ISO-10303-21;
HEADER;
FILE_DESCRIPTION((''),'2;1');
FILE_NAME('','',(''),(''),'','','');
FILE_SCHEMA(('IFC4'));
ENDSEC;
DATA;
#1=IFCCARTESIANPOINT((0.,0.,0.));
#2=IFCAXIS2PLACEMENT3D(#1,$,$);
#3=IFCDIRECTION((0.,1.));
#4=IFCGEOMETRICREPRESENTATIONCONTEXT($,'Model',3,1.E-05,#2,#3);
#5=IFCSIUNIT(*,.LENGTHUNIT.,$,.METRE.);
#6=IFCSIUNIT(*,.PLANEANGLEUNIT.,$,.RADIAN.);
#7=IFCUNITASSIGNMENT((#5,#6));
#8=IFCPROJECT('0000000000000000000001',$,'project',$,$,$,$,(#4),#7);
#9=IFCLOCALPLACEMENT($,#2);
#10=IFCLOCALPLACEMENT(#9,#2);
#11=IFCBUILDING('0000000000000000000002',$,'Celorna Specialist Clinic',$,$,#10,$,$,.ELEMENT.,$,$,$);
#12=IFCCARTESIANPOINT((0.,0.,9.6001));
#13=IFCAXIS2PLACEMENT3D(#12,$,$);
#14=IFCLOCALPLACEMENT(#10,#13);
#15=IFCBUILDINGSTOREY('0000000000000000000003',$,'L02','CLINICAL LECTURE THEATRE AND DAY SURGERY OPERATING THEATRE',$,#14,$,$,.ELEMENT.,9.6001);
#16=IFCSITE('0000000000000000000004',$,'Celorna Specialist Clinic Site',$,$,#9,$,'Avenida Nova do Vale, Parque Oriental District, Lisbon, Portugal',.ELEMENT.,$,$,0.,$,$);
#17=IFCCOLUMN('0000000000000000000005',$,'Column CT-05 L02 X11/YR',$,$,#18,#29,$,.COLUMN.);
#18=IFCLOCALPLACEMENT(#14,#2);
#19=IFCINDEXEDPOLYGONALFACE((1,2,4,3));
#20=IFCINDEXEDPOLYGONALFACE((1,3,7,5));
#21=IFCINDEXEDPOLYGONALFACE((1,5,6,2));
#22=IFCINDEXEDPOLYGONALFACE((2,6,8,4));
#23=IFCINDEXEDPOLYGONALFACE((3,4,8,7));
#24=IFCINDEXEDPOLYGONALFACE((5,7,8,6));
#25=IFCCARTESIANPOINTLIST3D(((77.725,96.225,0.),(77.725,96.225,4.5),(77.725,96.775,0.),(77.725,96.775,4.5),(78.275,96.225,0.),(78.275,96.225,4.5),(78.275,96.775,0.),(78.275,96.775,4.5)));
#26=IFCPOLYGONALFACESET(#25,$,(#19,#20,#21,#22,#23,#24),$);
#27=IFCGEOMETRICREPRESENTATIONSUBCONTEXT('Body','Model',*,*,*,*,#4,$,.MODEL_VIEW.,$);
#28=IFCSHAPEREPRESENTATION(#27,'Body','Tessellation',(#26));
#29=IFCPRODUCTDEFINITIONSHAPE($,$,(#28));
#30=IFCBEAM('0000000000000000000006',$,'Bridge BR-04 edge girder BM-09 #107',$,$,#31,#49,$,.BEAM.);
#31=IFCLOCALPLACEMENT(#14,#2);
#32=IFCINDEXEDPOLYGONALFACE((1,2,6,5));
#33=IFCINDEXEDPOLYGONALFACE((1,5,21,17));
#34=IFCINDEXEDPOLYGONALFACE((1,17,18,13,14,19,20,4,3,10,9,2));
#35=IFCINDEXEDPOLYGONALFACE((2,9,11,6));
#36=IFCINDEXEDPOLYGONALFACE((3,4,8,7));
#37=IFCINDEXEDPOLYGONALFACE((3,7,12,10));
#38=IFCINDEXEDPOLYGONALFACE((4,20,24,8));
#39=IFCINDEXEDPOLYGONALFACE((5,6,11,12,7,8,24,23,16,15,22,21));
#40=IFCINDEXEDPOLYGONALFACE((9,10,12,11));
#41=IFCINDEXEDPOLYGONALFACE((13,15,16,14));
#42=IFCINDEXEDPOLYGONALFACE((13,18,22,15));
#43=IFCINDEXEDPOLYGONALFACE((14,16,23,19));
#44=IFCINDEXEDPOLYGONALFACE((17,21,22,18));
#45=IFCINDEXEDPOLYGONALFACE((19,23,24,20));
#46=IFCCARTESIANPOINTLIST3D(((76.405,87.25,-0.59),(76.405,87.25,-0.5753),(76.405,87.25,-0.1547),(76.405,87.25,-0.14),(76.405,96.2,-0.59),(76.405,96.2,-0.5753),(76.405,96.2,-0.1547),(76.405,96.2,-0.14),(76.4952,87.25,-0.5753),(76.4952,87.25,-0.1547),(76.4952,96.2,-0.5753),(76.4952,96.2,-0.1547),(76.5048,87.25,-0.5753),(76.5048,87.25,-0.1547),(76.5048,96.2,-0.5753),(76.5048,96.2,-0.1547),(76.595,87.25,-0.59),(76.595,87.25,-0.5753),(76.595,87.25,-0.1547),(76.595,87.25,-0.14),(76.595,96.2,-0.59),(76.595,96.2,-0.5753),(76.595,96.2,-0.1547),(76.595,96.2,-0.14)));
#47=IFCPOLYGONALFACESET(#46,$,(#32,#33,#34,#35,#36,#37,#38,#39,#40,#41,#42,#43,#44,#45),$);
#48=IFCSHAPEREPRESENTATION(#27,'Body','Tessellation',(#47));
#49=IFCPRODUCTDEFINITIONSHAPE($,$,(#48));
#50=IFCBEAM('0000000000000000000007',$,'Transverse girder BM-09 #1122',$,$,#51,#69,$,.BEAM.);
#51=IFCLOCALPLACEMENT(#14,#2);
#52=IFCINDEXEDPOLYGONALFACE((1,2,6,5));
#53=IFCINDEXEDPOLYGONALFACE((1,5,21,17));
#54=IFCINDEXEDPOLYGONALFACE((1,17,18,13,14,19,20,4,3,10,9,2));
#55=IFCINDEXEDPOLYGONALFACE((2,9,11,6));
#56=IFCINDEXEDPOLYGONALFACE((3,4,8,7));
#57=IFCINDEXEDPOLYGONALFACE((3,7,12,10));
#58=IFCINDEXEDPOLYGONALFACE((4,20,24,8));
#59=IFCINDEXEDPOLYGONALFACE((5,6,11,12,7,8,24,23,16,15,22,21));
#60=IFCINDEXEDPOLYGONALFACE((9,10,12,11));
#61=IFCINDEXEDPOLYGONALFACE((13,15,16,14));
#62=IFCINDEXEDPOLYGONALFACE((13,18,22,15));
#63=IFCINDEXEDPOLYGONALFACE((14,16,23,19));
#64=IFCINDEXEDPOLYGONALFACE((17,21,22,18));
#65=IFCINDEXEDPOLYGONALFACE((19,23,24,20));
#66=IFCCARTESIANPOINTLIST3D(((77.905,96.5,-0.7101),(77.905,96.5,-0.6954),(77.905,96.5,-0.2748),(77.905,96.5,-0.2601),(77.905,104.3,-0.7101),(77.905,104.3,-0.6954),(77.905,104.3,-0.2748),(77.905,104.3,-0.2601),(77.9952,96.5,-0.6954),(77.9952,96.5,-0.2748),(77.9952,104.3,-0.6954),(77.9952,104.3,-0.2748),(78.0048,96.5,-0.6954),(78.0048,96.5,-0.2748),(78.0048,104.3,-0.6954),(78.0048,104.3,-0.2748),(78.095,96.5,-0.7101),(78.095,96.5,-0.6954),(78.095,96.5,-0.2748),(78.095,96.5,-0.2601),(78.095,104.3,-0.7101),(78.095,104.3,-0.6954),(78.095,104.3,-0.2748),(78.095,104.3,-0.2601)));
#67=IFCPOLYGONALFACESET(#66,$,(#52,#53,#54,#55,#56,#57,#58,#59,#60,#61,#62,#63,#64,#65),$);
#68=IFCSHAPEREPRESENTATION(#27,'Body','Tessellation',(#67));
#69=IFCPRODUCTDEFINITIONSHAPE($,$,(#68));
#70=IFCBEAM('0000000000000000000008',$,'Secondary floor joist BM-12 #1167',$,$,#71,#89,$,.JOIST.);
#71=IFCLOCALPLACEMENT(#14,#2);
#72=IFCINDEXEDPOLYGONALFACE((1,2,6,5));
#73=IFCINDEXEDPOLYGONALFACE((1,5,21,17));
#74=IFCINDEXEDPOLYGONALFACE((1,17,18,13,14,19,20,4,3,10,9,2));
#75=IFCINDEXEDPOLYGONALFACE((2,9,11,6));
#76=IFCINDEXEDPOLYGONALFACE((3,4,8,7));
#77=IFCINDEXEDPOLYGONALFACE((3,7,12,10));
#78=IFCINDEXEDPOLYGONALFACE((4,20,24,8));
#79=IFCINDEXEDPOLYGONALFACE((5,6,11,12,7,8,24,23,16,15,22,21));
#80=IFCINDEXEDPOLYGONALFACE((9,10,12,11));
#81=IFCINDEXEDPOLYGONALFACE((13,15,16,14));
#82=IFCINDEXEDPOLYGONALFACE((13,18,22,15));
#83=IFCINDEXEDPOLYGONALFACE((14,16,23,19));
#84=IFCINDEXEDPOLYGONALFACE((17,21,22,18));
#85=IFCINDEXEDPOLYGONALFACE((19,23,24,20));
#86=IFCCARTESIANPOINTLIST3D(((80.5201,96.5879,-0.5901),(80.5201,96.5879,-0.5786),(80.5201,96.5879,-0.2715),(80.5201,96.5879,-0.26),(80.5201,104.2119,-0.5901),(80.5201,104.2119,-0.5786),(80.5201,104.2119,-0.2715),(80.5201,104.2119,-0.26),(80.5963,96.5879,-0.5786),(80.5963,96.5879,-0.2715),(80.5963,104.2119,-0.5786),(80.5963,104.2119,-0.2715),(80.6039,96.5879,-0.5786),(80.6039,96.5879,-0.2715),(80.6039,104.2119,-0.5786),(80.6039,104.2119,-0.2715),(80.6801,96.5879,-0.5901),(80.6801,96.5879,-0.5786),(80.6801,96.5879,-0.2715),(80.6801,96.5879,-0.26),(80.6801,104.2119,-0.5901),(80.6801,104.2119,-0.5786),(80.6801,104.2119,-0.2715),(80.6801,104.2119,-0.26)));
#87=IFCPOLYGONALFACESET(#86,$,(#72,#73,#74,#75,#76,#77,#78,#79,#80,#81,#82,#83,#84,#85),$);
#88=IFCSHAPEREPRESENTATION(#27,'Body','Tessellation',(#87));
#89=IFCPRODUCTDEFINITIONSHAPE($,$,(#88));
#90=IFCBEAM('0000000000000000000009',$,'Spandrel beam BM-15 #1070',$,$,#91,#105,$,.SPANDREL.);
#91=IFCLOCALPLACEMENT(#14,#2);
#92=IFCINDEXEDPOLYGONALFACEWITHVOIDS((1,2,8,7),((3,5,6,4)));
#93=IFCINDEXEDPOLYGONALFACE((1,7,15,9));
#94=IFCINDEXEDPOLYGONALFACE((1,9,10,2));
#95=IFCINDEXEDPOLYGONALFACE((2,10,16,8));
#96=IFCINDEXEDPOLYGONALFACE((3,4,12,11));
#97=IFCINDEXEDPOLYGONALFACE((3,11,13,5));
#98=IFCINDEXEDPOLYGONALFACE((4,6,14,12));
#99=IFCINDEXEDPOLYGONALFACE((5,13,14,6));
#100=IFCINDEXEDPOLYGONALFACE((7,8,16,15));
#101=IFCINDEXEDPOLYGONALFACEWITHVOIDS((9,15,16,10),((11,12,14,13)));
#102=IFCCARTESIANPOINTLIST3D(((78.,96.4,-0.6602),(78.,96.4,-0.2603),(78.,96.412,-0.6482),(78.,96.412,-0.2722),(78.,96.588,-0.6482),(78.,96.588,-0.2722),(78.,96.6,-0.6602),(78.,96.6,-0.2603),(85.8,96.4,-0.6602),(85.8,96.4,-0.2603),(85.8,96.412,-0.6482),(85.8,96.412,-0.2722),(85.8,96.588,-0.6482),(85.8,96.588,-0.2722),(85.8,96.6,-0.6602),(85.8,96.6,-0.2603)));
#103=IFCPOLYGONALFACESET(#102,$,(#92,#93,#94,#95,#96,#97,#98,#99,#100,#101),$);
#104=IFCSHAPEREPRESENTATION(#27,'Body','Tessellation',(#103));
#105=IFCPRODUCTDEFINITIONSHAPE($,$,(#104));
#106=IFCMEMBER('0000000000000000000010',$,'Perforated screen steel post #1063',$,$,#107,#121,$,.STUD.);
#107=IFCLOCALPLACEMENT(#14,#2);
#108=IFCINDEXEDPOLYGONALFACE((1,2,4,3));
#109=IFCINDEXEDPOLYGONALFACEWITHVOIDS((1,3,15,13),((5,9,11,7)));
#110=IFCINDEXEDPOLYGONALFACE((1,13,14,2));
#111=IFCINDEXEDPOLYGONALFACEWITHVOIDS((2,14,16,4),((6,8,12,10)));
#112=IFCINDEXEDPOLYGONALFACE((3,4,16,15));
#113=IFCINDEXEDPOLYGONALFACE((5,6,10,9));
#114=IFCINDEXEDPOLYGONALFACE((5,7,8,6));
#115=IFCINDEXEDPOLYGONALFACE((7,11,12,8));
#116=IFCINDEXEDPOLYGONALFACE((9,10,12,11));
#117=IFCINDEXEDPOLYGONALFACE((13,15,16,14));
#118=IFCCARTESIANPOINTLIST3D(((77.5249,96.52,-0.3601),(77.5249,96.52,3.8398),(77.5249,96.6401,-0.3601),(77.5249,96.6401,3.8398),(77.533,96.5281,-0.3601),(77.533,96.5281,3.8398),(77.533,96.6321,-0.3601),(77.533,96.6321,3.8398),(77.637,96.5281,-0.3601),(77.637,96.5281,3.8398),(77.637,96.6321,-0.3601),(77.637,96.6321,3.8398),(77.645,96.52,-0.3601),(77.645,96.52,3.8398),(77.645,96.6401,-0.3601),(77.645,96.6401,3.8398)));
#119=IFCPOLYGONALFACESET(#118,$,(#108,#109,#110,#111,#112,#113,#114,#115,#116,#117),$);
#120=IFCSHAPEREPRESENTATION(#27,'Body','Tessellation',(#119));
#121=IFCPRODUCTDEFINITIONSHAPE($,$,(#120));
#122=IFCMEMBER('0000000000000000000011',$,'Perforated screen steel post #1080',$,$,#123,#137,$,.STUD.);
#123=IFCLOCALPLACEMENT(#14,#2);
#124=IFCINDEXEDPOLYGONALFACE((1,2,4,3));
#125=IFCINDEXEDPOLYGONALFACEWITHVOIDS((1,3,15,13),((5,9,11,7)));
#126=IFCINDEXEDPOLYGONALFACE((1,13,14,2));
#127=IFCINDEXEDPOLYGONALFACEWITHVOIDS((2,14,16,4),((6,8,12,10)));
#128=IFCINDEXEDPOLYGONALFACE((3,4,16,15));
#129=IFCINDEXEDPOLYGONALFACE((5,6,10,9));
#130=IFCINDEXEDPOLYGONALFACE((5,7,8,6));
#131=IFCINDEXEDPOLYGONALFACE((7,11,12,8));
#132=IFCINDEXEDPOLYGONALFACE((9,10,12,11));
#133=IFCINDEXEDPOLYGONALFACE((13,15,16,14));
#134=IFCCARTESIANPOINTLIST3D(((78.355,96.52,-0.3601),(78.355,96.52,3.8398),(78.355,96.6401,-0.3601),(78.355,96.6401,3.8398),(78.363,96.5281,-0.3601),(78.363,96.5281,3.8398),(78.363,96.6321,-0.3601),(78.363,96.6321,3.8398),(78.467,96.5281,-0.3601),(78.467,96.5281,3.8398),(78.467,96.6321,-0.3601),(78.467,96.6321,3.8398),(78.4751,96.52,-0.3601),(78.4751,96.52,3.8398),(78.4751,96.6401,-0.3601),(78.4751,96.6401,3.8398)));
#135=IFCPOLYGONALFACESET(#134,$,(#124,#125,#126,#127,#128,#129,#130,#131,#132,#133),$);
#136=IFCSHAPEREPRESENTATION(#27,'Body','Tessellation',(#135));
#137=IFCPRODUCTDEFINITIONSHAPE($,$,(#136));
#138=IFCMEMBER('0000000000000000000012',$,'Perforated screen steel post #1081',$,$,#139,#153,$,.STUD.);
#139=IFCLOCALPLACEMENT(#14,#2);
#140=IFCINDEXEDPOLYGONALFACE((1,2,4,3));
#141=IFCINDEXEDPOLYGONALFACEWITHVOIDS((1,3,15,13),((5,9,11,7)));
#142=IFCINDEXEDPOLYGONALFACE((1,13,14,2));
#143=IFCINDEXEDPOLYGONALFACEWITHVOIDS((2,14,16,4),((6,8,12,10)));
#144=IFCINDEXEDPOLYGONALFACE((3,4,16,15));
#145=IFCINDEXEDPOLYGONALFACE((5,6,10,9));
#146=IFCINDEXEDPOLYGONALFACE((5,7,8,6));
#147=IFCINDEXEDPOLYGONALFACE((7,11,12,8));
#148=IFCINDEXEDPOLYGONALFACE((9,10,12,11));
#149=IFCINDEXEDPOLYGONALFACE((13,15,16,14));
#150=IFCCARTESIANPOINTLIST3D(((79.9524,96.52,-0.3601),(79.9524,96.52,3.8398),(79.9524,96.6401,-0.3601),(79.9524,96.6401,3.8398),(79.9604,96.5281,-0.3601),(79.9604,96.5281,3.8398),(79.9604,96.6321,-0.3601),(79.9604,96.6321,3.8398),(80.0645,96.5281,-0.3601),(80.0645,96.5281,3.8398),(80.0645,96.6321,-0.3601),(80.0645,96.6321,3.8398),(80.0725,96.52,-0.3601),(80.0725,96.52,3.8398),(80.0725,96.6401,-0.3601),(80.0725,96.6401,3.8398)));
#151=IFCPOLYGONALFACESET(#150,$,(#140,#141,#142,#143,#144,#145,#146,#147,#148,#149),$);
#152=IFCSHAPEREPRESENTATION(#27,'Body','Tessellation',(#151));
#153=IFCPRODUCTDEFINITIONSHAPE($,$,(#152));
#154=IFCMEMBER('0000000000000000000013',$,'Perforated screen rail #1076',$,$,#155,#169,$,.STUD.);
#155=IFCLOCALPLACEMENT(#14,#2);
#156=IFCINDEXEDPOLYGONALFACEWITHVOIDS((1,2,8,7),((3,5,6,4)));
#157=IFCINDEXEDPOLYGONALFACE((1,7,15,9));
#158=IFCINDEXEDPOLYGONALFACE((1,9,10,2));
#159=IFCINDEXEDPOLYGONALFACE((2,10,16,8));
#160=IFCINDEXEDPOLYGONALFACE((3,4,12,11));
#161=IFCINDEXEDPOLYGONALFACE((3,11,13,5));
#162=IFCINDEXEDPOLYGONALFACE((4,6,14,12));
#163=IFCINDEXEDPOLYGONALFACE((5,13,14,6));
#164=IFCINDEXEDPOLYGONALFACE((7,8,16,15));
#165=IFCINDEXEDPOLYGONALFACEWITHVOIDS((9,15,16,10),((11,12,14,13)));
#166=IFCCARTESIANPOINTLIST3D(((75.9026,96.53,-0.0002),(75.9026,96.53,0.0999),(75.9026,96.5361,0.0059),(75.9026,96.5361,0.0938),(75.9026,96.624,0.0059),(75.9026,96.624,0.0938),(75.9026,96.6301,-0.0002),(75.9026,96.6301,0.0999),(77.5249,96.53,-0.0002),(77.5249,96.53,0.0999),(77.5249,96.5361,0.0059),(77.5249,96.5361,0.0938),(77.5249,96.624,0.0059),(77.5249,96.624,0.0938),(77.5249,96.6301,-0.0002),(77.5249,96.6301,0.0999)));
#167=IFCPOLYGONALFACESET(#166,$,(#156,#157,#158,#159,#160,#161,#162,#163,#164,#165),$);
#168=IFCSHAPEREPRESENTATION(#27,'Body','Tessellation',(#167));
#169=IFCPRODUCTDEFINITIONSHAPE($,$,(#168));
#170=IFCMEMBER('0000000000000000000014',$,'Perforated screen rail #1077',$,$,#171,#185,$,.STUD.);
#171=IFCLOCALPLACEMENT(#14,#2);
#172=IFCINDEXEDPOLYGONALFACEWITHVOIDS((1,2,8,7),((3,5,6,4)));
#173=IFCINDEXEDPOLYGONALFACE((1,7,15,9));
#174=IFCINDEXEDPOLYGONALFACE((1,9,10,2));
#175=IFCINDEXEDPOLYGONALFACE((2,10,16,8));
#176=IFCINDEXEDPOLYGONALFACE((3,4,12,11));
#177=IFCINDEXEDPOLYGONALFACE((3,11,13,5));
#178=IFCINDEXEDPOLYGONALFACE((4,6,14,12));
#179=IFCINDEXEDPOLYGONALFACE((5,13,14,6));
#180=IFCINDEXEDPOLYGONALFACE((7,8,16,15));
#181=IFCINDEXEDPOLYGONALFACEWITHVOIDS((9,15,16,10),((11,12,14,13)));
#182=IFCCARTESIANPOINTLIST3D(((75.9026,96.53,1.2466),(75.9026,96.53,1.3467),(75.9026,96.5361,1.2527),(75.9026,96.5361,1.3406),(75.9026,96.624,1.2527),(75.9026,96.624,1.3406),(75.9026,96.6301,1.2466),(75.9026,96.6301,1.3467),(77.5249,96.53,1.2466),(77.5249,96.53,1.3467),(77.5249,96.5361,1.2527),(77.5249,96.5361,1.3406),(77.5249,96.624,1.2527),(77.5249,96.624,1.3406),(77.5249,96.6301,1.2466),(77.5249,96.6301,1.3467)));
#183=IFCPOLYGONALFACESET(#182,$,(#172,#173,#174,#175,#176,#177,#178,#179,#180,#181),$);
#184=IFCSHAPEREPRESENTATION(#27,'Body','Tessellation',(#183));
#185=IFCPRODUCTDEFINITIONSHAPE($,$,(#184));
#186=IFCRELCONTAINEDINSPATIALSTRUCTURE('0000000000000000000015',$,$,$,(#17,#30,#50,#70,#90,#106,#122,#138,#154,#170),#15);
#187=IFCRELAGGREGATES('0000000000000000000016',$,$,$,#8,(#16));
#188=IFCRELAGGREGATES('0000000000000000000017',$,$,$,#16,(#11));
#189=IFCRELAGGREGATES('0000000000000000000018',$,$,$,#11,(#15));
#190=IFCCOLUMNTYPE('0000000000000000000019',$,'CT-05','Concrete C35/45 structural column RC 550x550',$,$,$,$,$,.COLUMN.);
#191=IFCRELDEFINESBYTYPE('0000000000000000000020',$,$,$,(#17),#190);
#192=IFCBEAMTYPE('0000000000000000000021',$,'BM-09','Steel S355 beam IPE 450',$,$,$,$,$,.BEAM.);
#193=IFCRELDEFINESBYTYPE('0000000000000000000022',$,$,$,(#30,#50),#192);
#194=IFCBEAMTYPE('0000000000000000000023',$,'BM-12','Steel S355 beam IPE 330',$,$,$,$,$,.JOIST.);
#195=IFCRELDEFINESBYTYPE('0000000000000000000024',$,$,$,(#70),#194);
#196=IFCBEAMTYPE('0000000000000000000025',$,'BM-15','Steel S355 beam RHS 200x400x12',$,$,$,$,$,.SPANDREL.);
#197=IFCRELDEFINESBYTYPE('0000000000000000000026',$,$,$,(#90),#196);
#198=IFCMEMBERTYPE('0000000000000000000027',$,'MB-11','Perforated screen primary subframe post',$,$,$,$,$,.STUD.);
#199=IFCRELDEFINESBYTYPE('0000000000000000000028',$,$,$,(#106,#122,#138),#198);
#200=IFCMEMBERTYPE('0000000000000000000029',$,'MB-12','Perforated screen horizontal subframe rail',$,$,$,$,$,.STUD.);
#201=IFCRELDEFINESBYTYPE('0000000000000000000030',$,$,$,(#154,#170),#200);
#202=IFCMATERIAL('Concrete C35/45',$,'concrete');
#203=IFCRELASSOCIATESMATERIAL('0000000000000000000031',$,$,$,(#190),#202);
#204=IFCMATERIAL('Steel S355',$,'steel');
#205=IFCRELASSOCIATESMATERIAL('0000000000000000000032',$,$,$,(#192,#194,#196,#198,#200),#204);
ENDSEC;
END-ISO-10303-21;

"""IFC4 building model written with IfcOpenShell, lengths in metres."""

from ifc_helpers import new_model, si_unit, direction, frame, origin, origin_2d, place, context, subcontext, project, spatial, rectangle, hollow_rectangle, i_section, extrude, material, material_profile, profile_set, type_object, element, save


model = new_model("IFC4")

# Units and contexts
model_context = context("Model", 3, precision=1e-05, world=origin(), true_north=direction((0.0, 1.0)))
body_context = subcontext(model_context, "Body", "Model", "MODEL_VIEW")
ifc_project = project(units=[si_unit("LENGTHUNIT", "METRE"), si_unit("PLANEANGLEUNIT", "RADIAN")], contexts=[model_context])

# Site, building, storey
site_placement = place(None, origin())
site = spatial("IfcSite", under=ifc_project, at=site_placement, Name="Celorna Specialist Clinic Site", LongName="Avenida Nova do Vale, Parque Oriental District, Lisbon, Portugal", CompositionType="ELEMENT", RefElevation=0.0)
building_placement = place(site_placement, origin())
building = spatial("IfcBuilding", under=site, at=building_placement, Name="Celorna Specialist Clinic", CompositionType="ELEMENT")
storey_placement = place(building_placement, frame((0.0, 0.0, 9.6001)))
storey = spatial("IfcBuildingStorey", under=building, at=storey_placement, Name="L02", Description="CLINICAL LECTURE THEATRE AND DAY SURGERY OPERATING THEATRE", CompositionType="ELEMENT", Elevation=9.6001)

# Column
ifc_material_1 = material(Name="Concrete C35/45", Category="concrete")
ifc_material_profile_1 = material_profile(ifc_material_1, rectangle(XDim=0.55, YDim=0.55, at=origin_2d()), Name="RC 550x550")
ifc_profile_set_1 = profile_set([ifc_material_profile_1], Name="Concrete C35/45")
column_type = type_object("IfcColumnType", Name="CT-05", Description="Concrete C35/45 structural column RC 550x550", PredefinedType="COLUMN", material=ifc_profile_set_1)
column_placement = place(storey_placement, frame((78.0, 96.5, 0.0), z_axis=(0.0, 0.0, 1.0), x_axis=(1.0, 0.0, 0.0)))
element("IfcColumn", 1, at=column_placement, inside=storey, type_object=column_type, Name="Column CT-05 L02 X11/YR", PredefinedType="COLUMN", context=body_context, shape_type="SweptSolid", body=[
    extrude(rectangle(XDim=0.55, YDim=0.55, at=origin_2d()), origin(), (0.0, 0.0, 1.0), 4.5),
])

# Beams
ifc_material_2 = material(Name="Steel S355", Category="steel")
ifc_material_profile_2 = material_profile(ifc_material_2, i_section(OverallWidth=0.1899, OverallDepth=0.45, WebThickness=0.0095, FlangeThickness=0.0146, at=origin_2d()), Name="IPE 450")
ifc_profile_set_2 = profile_set([ifc_material_profile_2], Name="Steel S355")
beam_type_1 = type_object("IfcBeamType", Name="BM-09", Description="Steel S355 beam IPE 450", PredefinedType="BEAM", material=ifc_profile_set_2)
beam_1_placement = place(storey_placement, frame((76.5, 87.25, -0.365), z_axis=(0.0, 1.0, 0.0), x_axis=(-1.0, 0.0, 0.0)))
element("IfcBeam", 2, at=beam_1_placement, inside=storey, type_object=beam_type_1, Name="Bridge BR-04 edge girder BM-09 #107", PredefinedType="BEAM", context=body_context, shape_type="SweptSolid", body=[
    extrude(i_section(OverallWidth=0.1899, OverallDepth=0.45, WebThickness=0.0095, FlangeThickness=0.0146, at=origin_2d()), origin(), (0.0, 0.0, 1.0), 8.95),
])
beam_2_placement = place(storey_placement, frame((78.0, 96.5, -0.4851), z_axis=(0.0, 1.0, 0.0), x_axis=(-1.0, 0.0, 0.0)))
element("IfcBeam", 3, at=beam_2_placement, inside=storey, type_object=beam_type_1, Name="Transverse girder BM-09 #1122", PredefinedType="BEAM", context=body_context, shape_type="SweptSolid", body=[
    extrude(i_section(OverallWidth=0.1899, OverallDepth=0.45, WebThickness=0.0095, FlangeThickness=0.0146, at=origin_2d()), origin(), (0.0, 0.0, 1.0), 7.8),
])
ifc_material_profile_3 = material_profile(ifc_material_2, i_section(OverallWidth=0.1599, OverallDepth=0.3301, WebThickness=0.0076, FlangeThickness=0.0115, at=origin_2d()), Name="IPE 330")
ifc_profile_set_3 = profile_set([ifc_material_profile_3], Name="Steel S355")
beam_type_2 = type_object("IfcBeamType", Name="BM-12", Description="Steel S355 beam IPE 330", PredefinedType="JOIST", material=ifc_profile_set_3)
beam_3_placement = place(storey_placement, frame((80.6001, 96.5879, -0.425), z_axis=(0.0, 1.0, 0.0), x_axis=(-1.0, 0.0, 0.0)))
element("IfcBeam", 4, at=beam_3_placement, inside=storey, type_object=beam_type_2, Name="Secondary floor joist BM-12 #1167", PredefinedType="JOIST", context=body_context, shape_type="SweptSolid", body=[
    extrude(i_section(OverallWidth=0.1599, OverallDepth=0.3301, WebThickness=0.0076, FlangeThickness=0.0115, at=origin_2d()), origin(), (0.0, 0.0, 1.0), 7.624),
])
ifc_material_profile_4 = material_profile(ifc_material_2, hollow_rectangle(XDim=0.2, YDim=0.3999, WallThickness=0.012, at=origin_2d()), Name="RHS 200x400x12")
ifc_profile_set_4 = profile_set([ifc_material_profile_4], Name="Steel S355")
beam_type_3 = type_object("IfcBeamType", Name="BM-15", Description="Steel S355 beam RHS 200x400x12", PredefinedType="SPANDREL", material=ifc_profile_set_4)
beam_4_placement = place(storey_placement, frame((78.0, 96.5, -0.4602), z_axis=(1.0, 0.0, 0.0), x_axis=(0.0, 1.0, 0.0)))
element("IfcBeam", 5, at=beam_4_placement, inside=storey, type_object=beam_type_3, Name="Spandrel beam BM-15 #1070", PredefinedType="SPANDREL", context=body_context, shape_type="SweptSolid", body=[
    extrude(hollow_rectangle(XDim=0.2, YDim=0.3999, WallThickness=0.012, at=origin_2d()), origin(), (0.0, 0.0, 1.0), 7.8),
])

# Members
ifc_material_profile_5 = material_profile(ifc_material_2, hollow_rectangle(XDim=0.1201, YDim=0.1201, WallThickness=0.0081, at=origin_2d()), Name="SHS 120x120x8")
ifc_profile_set_5 = profile_set([ifc_material_profile_5], Name="Steel S355")
member_type_1 = type_object("IfcMemberType", Name="MB-11", Description="Perforated screen primary subframe post", PredefinedType="STUD", material=ifc_profile_set_5)
for number, where, z_axis, x_axis, name in (
    (6, (77.585, 96.5801, -0.3601), (0.0, 0.0, 1.0), (1.0, 0.0, 0.0), "Perforated screen steel post #1063"),
    (7, (78.415, 96.5801, -0.3601), (0.0, 0.0, 1.0), (1.0, 0.0, 0.0), "Perforated screen steel post #1080"),
    (8, (80.0125, 96.5801, -0.3601), (0.0, 0.0, 1.0), (1.0, 0.0, 0.0), "Perforated screen steel post #1081"),
):
    element("IfcMember", number, at=place(storey_placement, frame(where, z_axis=z_axis, x_axis=x_axis)), inside=storey, type_object=member_type_1, Name=name, PredefinedType="STUD", context=body_context, shape_type="SweptSolid", body=[
        extrude(hollow_rectangle(XDim=0.1201, YDim=0.1201, WallThickness=0.0081, at=origin_2d()), origin(), (0.0, 0.0, 1.0), 4.2),
    ])
ifc_material_profile_6 = material_profile(ifc_material_2, hollow_rectangle(XDim=0.1001, YDim=0.1001, WallThickness=0.0061, at=origin_2d()), Name="SHS 100x100x6")
ifc_profile_set_6 = profile_set([ifc_material_profile_6], Name="Steel S355")
member_type_2 = type_object("IfcMemberType", Name="MB-12", Description="Perforated screen horizontal subframe rail", PredefinedType="STUD", material=ifc_profile_set_6)
for number, where, z_axis, x_axis, name in (
    (9, (75.9026, 96.5801, 0.0498), (1.0, 0.0, 0.0), (0.0, 1.0, 0.0), "Perforated screen rail #1076"),
    (10, (75.9026, 96.5801, 1.2966), (1.0, 0.0, 0.0), (0.0, 1.0, 0.0), "Perforated screen rail #1077"),
):
    element("IfcMember", number, at=place(storey_placement, frame(where, z_axis=z_axis, x_axis=x_axis)), inside=storey, type_object=member_type_2, Name=name, PredefinedType="STUD", context=body_context, shape_type="SweptSolid", body=[
        extrude(hollow_rectangle(XDim=0.1001, YDim=0.1001, WallThickness=0.0061, at=origin_2d()), origin(), (0.0, 0.0, 1.0), 1.6223),
    ])

save(model, "model.ifc")
